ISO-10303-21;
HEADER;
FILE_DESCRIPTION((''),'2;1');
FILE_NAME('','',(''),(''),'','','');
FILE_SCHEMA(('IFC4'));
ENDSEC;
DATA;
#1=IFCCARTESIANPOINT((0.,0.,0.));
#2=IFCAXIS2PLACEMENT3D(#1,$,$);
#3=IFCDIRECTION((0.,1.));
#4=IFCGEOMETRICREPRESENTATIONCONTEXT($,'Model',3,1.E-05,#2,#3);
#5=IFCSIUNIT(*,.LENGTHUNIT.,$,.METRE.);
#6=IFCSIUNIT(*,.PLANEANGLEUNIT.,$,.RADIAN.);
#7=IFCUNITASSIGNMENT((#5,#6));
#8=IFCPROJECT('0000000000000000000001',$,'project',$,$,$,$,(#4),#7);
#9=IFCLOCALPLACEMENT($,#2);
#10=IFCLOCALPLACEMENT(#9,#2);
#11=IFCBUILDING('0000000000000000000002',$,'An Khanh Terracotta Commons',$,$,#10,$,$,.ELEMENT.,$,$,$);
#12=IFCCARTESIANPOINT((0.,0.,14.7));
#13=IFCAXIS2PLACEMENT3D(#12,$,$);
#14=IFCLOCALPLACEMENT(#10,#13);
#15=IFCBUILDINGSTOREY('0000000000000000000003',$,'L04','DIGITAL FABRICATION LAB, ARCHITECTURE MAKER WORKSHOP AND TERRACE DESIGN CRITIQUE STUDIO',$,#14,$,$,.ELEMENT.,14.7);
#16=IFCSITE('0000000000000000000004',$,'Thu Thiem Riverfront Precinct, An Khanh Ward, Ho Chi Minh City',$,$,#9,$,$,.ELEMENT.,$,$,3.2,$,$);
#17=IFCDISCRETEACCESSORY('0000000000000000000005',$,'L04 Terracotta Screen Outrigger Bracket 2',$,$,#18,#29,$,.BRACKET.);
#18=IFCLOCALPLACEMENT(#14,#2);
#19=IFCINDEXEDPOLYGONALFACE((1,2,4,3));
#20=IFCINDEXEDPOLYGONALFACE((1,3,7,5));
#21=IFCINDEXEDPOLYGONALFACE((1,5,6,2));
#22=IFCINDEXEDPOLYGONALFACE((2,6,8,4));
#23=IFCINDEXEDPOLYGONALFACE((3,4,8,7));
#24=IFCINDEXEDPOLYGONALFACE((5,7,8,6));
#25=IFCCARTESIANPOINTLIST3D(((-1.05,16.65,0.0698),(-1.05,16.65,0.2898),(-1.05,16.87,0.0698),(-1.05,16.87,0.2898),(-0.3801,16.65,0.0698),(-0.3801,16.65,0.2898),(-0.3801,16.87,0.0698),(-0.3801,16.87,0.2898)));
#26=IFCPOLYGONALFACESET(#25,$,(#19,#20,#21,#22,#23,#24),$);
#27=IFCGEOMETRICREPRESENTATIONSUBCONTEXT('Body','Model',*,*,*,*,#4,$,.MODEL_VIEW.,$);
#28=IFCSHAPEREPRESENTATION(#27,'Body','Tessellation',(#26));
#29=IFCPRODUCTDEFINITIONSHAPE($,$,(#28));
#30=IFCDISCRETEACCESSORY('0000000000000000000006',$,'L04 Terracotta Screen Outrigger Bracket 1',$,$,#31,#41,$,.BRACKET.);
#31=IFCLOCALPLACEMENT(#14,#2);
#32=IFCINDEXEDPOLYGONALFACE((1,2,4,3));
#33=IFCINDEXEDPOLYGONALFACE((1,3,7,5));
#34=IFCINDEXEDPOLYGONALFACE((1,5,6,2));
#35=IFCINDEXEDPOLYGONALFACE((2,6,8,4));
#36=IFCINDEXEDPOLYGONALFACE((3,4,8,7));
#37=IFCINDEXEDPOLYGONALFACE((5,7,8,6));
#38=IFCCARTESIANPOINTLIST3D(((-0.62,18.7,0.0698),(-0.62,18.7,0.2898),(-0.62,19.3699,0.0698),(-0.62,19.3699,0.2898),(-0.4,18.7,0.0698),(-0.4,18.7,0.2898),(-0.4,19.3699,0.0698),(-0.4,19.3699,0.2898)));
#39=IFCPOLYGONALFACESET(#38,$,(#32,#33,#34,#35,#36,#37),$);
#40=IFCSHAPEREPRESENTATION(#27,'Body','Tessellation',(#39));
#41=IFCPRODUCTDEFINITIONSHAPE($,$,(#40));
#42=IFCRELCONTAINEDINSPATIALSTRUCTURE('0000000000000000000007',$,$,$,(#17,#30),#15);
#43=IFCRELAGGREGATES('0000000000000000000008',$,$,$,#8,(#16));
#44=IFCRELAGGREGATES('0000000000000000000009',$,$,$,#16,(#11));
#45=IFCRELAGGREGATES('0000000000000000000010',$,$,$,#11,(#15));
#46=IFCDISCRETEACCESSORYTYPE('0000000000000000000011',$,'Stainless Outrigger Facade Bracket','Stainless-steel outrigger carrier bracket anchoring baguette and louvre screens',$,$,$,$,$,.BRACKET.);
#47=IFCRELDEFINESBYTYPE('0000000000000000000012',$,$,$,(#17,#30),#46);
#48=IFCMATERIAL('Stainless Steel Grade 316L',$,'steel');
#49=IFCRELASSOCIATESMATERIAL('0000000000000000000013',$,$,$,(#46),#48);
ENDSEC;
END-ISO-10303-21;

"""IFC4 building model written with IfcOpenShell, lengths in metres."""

from ifc_helpers import new_model, si_unit, direction, frame, origin, origin_2d, place, context, subcontext, project, spatial, rectangle, extrude, material, type_object, element, save


model = new_model("IFC4")

# Units and contexts
model_context = context("Model", 3, precision=1e-05, world=origin(), true_north=direction((0.0, 1.0)))
body_context = subcontext(model_context, "Body", "Model", "MODEL_VIEW")
ifc_project = project(units=[si_unit("LENGTHUNIT", "METRE"), si_unit("PLANEANGLEUNIT", "RADIAN")], contexts=[model_context])

# Site, building, storey
site_placement = place(None, origin())
site = spatial("IfcSite", under=ifc_project, at=site_placement, Name="Thu Thiem Riverfront Precinct, An Khanh Ward, Ho Chi Minh City", CompositionType="ELEMENT", RefElevation=3.2)
building_placement = place(site_placement, origin())
building = spatial("IfcBuilding", under=site, at=building_placement, Name="An Khanh Terracotta Commons", CompositionType="ELEMENT")
storey_placement = place(building_placement, frame((0.0, 0.0, 14.7)))
storey = spatial("IfcBuildingStorey", under=building, at=storey_placement, Name="L04", Description="DIGITAL FABRICATION LAB, ARCHITECTURE MAKER WORKSHOP AND TERRACE DESIGN CRITIQUE STUDIO", CompositionType="ELEMENT", Elevation=14.7)

# Discrete accessories
ifc_material_1 = material(Name="Stainless Steel Grade 316L", Category="steel")
discrete_accessory_type = type_object("IfcDiscreteAccessoryType", Name="Stainless Outrigger Facade Bracket", Description="Stainless-steel outrigger carrier bracket anchoring baguette and louvre screens", PredefinedType="BRACKET", material=ifc_material_1)
for number, where, z_axis, x_axis, name in (
    (1, (-0.7151, 16.76, 0.0698), (0.0, 0.0, 1.0), (0.0, -1.0, 0.0), "L04 Terracotta Screen Outrigger Bracket 2"),
    (2, (-0.51, 19.0349, 0.0698), (0.0, 0.0, 1.0), (1.0, 0.0, 0.0), "L04 Terracotta Screen Outrigger Bracket 1"),
):
    element("IfcDiscreteAccessory", number, at=place(storey_placement, frame(where, z_axis=z_axis, x_axis=x_axis)), inside=storey, type_object=discrete_accessory_type, Name=name, PredefinedType="BRACKET", context=body_context, shape_type="SweptSolid", body=[
        extrude(rectangle(XDim=0.22, YDim=0.6699, at=origin_2d()), origin(), (0.0, 0.0, 1.0), 0.22),
    ])

save(model, "model.ifc")
